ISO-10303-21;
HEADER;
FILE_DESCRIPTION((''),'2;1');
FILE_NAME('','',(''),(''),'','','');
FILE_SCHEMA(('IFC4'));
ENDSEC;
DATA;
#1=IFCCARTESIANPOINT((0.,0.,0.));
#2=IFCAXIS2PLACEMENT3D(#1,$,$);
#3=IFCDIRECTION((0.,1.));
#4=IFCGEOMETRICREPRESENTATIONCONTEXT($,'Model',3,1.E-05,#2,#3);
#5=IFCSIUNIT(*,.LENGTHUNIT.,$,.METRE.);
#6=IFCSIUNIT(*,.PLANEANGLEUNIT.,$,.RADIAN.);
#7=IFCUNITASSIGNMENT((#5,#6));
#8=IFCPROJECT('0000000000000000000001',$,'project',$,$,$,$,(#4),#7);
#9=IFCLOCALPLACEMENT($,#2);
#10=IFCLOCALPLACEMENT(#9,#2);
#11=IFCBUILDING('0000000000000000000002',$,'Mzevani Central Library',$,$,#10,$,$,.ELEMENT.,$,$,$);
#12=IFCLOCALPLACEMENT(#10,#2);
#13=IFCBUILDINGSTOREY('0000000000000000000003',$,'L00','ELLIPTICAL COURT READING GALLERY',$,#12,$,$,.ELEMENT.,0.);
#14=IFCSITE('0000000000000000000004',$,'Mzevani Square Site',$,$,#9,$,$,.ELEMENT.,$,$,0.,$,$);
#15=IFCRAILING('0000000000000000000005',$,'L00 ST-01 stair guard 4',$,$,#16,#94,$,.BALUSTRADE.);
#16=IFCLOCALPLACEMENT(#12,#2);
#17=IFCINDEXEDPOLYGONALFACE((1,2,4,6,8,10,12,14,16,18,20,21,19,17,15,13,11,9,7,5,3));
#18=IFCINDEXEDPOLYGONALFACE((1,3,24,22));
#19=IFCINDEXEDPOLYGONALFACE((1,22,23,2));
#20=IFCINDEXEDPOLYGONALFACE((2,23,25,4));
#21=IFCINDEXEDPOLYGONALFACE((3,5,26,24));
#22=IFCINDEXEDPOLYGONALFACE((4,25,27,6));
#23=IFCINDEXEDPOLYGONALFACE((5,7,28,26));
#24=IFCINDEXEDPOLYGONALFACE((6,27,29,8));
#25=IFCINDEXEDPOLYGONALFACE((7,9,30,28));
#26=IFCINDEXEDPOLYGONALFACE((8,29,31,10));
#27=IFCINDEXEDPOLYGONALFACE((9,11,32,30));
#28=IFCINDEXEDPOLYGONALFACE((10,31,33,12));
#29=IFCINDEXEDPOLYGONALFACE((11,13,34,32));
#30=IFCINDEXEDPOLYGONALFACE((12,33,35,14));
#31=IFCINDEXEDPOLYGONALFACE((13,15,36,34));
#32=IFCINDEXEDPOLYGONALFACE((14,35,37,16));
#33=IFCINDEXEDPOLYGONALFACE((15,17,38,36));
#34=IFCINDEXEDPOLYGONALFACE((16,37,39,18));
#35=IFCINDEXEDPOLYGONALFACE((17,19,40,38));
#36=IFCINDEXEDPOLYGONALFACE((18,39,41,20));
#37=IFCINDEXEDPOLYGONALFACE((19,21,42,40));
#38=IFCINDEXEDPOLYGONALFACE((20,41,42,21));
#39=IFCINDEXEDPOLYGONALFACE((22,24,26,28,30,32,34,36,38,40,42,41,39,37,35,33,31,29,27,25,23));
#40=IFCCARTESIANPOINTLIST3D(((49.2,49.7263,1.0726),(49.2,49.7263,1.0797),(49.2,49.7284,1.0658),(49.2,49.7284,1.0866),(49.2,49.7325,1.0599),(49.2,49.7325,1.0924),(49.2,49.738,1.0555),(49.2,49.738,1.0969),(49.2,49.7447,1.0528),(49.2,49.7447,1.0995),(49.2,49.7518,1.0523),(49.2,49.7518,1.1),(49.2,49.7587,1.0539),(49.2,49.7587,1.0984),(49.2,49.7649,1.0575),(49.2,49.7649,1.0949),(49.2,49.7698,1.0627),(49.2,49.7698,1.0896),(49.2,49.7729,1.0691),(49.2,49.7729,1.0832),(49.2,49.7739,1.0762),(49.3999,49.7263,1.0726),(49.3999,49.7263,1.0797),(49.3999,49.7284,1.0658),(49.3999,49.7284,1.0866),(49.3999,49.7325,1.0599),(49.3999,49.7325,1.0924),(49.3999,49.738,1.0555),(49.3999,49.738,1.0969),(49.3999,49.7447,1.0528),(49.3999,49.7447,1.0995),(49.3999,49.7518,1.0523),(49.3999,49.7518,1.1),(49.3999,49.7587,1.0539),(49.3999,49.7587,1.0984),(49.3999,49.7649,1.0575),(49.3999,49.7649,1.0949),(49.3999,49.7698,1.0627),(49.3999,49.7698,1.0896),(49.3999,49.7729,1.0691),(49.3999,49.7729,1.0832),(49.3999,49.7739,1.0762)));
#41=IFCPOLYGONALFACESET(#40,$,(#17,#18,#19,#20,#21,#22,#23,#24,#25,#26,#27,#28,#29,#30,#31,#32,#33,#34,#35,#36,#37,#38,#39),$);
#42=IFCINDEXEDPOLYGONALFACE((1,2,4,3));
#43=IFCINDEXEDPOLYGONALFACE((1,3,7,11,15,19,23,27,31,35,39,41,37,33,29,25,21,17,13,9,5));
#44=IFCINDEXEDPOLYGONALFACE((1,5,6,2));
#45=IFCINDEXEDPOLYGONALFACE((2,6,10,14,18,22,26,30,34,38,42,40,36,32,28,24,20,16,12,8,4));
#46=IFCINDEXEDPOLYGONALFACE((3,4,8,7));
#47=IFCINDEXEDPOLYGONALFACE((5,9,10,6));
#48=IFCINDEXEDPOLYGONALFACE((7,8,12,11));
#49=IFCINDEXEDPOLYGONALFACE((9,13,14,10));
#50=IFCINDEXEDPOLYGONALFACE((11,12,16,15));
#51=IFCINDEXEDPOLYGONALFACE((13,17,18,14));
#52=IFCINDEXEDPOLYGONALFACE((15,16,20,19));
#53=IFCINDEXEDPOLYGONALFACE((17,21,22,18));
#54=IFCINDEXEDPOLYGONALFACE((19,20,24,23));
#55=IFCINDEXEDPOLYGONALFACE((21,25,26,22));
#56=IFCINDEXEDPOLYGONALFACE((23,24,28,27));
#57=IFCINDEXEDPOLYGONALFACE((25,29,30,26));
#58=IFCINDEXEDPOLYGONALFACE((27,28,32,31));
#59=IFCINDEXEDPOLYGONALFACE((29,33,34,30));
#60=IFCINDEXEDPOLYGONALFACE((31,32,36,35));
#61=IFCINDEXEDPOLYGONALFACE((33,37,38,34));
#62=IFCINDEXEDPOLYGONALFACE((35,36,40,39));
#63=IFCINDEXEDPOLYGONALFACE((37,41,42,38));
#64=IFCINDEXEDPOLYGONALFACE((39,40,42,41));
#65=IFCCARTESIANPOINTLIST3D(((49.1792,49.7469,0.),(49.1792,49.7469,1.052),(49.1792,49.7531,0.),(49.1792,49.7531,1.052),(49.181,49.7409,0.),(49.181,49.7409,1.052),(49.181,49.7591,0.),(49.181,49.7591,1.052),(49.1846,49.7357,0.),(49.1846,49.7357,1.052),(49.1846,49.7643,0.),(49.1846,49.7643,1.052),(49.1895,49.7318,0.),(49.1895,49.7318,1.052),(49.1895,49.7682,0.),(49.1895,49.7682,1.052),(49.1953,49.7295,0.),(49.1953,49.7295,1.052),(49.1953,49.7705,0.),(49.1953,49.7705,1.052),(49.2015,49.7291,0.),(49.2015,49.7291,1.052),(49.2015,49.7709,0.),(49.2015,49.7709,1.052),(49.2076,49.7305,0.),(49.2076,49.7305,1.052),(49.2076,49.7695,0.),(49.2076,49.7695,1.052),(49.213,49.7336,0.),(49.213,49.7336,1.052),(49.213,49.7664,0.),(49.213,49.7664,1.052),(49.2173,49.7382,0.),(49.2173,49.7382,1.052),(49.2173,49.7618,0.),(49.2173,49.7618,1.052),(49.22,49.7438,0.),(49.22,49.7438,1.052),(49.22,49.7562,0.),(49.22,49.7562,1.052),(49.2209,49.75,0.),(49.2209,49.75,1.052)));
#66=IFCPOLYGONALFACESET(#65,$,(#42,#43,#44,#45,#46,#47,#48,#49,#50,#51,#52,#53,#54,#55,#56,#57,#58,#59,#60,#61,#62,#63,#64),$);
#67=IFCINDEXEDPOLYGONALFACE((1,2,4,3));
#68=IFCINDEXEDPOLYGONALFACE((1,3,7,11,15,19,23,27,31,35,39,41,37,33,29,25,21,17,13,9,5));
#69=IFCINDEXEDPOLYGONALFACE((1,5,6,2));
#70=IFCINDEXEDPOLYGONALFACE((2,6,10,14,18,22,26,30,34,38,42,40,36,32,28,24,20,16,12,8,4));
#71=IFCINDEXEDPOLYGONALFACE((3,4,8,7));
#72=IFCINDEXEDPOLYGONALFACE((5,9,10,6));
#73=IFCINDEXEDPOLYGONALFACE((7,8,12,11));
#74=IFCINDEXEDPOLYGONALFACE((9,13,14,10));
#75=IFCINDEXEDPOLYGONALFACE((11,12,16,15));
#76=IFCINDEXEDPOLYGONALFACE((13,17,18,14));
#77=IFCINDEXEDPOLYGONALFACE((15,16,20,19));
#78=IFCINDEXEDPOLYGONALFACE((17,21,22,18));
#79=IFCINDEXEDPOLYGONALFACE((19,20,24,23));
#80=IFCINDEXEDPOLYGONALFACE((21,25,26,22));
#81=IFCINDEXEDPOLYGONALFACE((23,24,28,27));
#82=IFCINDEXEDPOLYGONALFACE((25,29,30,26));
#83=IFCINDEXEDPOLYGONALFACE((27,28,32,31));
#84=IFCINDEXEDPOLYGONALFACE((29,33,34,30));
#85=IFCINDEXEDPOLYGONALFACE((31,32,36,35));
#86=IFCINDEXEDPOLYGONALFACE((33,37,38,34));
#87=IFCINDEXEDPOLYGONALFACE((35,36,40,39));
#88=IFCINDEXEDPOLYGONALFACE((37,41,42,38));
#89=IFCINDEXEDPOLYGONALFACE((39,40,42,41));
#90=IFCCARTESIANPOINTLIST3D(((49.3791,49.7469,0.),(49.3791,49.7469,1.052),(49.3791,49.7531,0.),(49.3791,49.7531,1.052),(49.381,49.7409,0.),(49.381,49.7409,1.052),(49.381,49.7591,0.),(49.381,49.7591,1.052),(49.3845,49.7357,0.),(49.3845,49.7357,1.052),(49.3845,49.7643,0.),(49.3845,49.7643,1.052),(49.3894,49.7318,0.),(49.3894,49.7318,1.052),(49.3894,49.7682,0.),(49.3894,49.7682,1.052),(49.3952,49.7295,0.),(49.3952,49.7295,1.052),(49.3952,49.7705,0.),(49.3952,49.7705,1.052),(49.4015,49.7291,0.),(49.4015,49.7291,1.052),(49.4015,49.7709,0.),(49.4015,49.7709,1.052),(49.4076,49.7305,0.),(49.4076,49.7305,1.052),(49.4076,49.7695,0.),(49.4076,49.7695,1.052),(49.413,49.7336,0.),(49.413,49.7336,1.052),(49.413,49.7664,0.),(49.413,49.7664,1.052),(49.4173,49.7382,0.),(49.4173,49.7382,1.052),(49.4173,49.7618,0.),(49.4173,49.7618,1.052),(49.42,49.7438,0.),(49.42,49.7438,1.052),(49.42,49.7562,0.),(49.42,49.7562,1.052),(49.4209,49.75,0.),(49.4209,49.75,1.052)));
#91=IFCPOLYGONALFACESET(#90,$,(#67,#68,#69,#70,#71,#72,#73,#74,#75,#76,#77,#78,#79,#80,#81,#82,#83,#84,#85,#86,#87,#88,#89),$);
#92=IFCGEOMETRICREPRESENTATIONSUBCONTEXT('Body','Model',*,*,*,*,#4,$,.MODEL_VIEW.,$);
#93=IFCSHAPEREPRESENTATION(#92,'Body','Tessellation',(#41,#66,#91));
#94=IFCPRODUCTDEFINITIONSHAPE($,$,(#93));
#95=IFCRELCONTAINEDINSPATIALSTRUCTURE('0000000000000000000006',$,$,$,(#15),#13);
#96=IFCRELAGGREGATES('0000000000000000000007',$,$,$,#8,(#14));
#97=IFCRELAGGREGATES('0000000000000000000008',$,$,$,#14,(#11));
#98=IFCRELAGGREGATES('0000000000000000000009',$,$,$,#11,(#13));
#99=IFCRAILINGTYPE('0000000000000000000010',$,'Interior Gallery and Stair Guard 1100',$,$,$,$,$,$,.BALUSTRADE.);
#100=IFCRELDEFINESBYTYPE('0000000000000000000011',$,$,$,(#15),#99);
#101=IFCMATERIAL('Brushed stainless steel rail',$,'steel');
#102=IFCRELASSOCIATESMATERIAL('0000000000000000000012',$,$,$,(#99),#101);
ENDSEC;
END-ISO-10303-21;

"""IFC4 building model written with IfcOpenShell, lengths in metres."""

from ifc_helpers import new_model, si_unit, direction, frame, origin, origin_2d, place, context, subcontext, project, spatial, circle, extrude, material, type_object, element, save


model = new_model("IFC4")

# Units and contexts
model_context = context("Model", 3, precision=1e-05, world=origin(), true_north=direction((0.0, 1.0)))
body_context = subcontext(model_context, "Body", "Model", "MODEL_VIEW")
ifc_project = project(units=[si_unit("LENGTHUNIT", "METRE"), si_unit("PLANEANGLEUNIT", "RADIAN")], contexts=[model_context])

# Site, building, storey
site_placement = place(None, origin())
site = spatial("IfcSite", under=ifc_project, at=site_placement, Name="Mzevani Square Site", CompositionType="ELEMENT", RefElevation=0.0)
building_placement = place(site_placement, origin())
building = spatial("IfcBuilding", under=site, at=building_placement, Name="Mzevani Central Library", CompositionType="ELEMENT")
storey_placement = place(building_placement, origin())
storey = spatial("IfcBuildingStorey", under=building, at=storey_placement, Name="L00", Description="ELLIPTICAL COURT READING GALLERY", CompositionType="ELEMENT", Elevation=0.0)

# Railing
ifc_material_1 = material(Name="Brushed stainless steel rail", Category="steel")
railing_type_1 = type_object("IfcRailingType", Name="Interior Gallery and Stair Guard 1100", PredefinedType="BALUSTRADE", material=ifc_material_1)
railing_1_placement = place(storey_placement, frame((49.2, 49.75, 0.0)))
element("IfcRailing", 1, at=railing_1_placement, inside=storey, type_object=railing_type_1, Name="L00 ST-01 stair guard 4", PredefinedType="BALUSTRADE", context=body_context, shape_type="SweptSolid", body=[
    extrude(circle(Radius=0.0239, at=origin_2d()), frame((0.0, 0.0, 1.0762), z_axis=(1.0, 0.0, 0.0), x_axis=(0.0, 1.0, 0.0)), (0.0, 0.0, 1.0), 0.2),
    extrude(circle(Radius=0.021, at=origin_2d()), origin(), (0.0, 0.0, 1.0), 1.052),
    extrude(circle(Radius=0.021, at=origin_2d()), frame((0.2, 0.0, 0.0)), (0.0, 0.0, 1.0), 1.052),
])

save(model, "model.ifc")
